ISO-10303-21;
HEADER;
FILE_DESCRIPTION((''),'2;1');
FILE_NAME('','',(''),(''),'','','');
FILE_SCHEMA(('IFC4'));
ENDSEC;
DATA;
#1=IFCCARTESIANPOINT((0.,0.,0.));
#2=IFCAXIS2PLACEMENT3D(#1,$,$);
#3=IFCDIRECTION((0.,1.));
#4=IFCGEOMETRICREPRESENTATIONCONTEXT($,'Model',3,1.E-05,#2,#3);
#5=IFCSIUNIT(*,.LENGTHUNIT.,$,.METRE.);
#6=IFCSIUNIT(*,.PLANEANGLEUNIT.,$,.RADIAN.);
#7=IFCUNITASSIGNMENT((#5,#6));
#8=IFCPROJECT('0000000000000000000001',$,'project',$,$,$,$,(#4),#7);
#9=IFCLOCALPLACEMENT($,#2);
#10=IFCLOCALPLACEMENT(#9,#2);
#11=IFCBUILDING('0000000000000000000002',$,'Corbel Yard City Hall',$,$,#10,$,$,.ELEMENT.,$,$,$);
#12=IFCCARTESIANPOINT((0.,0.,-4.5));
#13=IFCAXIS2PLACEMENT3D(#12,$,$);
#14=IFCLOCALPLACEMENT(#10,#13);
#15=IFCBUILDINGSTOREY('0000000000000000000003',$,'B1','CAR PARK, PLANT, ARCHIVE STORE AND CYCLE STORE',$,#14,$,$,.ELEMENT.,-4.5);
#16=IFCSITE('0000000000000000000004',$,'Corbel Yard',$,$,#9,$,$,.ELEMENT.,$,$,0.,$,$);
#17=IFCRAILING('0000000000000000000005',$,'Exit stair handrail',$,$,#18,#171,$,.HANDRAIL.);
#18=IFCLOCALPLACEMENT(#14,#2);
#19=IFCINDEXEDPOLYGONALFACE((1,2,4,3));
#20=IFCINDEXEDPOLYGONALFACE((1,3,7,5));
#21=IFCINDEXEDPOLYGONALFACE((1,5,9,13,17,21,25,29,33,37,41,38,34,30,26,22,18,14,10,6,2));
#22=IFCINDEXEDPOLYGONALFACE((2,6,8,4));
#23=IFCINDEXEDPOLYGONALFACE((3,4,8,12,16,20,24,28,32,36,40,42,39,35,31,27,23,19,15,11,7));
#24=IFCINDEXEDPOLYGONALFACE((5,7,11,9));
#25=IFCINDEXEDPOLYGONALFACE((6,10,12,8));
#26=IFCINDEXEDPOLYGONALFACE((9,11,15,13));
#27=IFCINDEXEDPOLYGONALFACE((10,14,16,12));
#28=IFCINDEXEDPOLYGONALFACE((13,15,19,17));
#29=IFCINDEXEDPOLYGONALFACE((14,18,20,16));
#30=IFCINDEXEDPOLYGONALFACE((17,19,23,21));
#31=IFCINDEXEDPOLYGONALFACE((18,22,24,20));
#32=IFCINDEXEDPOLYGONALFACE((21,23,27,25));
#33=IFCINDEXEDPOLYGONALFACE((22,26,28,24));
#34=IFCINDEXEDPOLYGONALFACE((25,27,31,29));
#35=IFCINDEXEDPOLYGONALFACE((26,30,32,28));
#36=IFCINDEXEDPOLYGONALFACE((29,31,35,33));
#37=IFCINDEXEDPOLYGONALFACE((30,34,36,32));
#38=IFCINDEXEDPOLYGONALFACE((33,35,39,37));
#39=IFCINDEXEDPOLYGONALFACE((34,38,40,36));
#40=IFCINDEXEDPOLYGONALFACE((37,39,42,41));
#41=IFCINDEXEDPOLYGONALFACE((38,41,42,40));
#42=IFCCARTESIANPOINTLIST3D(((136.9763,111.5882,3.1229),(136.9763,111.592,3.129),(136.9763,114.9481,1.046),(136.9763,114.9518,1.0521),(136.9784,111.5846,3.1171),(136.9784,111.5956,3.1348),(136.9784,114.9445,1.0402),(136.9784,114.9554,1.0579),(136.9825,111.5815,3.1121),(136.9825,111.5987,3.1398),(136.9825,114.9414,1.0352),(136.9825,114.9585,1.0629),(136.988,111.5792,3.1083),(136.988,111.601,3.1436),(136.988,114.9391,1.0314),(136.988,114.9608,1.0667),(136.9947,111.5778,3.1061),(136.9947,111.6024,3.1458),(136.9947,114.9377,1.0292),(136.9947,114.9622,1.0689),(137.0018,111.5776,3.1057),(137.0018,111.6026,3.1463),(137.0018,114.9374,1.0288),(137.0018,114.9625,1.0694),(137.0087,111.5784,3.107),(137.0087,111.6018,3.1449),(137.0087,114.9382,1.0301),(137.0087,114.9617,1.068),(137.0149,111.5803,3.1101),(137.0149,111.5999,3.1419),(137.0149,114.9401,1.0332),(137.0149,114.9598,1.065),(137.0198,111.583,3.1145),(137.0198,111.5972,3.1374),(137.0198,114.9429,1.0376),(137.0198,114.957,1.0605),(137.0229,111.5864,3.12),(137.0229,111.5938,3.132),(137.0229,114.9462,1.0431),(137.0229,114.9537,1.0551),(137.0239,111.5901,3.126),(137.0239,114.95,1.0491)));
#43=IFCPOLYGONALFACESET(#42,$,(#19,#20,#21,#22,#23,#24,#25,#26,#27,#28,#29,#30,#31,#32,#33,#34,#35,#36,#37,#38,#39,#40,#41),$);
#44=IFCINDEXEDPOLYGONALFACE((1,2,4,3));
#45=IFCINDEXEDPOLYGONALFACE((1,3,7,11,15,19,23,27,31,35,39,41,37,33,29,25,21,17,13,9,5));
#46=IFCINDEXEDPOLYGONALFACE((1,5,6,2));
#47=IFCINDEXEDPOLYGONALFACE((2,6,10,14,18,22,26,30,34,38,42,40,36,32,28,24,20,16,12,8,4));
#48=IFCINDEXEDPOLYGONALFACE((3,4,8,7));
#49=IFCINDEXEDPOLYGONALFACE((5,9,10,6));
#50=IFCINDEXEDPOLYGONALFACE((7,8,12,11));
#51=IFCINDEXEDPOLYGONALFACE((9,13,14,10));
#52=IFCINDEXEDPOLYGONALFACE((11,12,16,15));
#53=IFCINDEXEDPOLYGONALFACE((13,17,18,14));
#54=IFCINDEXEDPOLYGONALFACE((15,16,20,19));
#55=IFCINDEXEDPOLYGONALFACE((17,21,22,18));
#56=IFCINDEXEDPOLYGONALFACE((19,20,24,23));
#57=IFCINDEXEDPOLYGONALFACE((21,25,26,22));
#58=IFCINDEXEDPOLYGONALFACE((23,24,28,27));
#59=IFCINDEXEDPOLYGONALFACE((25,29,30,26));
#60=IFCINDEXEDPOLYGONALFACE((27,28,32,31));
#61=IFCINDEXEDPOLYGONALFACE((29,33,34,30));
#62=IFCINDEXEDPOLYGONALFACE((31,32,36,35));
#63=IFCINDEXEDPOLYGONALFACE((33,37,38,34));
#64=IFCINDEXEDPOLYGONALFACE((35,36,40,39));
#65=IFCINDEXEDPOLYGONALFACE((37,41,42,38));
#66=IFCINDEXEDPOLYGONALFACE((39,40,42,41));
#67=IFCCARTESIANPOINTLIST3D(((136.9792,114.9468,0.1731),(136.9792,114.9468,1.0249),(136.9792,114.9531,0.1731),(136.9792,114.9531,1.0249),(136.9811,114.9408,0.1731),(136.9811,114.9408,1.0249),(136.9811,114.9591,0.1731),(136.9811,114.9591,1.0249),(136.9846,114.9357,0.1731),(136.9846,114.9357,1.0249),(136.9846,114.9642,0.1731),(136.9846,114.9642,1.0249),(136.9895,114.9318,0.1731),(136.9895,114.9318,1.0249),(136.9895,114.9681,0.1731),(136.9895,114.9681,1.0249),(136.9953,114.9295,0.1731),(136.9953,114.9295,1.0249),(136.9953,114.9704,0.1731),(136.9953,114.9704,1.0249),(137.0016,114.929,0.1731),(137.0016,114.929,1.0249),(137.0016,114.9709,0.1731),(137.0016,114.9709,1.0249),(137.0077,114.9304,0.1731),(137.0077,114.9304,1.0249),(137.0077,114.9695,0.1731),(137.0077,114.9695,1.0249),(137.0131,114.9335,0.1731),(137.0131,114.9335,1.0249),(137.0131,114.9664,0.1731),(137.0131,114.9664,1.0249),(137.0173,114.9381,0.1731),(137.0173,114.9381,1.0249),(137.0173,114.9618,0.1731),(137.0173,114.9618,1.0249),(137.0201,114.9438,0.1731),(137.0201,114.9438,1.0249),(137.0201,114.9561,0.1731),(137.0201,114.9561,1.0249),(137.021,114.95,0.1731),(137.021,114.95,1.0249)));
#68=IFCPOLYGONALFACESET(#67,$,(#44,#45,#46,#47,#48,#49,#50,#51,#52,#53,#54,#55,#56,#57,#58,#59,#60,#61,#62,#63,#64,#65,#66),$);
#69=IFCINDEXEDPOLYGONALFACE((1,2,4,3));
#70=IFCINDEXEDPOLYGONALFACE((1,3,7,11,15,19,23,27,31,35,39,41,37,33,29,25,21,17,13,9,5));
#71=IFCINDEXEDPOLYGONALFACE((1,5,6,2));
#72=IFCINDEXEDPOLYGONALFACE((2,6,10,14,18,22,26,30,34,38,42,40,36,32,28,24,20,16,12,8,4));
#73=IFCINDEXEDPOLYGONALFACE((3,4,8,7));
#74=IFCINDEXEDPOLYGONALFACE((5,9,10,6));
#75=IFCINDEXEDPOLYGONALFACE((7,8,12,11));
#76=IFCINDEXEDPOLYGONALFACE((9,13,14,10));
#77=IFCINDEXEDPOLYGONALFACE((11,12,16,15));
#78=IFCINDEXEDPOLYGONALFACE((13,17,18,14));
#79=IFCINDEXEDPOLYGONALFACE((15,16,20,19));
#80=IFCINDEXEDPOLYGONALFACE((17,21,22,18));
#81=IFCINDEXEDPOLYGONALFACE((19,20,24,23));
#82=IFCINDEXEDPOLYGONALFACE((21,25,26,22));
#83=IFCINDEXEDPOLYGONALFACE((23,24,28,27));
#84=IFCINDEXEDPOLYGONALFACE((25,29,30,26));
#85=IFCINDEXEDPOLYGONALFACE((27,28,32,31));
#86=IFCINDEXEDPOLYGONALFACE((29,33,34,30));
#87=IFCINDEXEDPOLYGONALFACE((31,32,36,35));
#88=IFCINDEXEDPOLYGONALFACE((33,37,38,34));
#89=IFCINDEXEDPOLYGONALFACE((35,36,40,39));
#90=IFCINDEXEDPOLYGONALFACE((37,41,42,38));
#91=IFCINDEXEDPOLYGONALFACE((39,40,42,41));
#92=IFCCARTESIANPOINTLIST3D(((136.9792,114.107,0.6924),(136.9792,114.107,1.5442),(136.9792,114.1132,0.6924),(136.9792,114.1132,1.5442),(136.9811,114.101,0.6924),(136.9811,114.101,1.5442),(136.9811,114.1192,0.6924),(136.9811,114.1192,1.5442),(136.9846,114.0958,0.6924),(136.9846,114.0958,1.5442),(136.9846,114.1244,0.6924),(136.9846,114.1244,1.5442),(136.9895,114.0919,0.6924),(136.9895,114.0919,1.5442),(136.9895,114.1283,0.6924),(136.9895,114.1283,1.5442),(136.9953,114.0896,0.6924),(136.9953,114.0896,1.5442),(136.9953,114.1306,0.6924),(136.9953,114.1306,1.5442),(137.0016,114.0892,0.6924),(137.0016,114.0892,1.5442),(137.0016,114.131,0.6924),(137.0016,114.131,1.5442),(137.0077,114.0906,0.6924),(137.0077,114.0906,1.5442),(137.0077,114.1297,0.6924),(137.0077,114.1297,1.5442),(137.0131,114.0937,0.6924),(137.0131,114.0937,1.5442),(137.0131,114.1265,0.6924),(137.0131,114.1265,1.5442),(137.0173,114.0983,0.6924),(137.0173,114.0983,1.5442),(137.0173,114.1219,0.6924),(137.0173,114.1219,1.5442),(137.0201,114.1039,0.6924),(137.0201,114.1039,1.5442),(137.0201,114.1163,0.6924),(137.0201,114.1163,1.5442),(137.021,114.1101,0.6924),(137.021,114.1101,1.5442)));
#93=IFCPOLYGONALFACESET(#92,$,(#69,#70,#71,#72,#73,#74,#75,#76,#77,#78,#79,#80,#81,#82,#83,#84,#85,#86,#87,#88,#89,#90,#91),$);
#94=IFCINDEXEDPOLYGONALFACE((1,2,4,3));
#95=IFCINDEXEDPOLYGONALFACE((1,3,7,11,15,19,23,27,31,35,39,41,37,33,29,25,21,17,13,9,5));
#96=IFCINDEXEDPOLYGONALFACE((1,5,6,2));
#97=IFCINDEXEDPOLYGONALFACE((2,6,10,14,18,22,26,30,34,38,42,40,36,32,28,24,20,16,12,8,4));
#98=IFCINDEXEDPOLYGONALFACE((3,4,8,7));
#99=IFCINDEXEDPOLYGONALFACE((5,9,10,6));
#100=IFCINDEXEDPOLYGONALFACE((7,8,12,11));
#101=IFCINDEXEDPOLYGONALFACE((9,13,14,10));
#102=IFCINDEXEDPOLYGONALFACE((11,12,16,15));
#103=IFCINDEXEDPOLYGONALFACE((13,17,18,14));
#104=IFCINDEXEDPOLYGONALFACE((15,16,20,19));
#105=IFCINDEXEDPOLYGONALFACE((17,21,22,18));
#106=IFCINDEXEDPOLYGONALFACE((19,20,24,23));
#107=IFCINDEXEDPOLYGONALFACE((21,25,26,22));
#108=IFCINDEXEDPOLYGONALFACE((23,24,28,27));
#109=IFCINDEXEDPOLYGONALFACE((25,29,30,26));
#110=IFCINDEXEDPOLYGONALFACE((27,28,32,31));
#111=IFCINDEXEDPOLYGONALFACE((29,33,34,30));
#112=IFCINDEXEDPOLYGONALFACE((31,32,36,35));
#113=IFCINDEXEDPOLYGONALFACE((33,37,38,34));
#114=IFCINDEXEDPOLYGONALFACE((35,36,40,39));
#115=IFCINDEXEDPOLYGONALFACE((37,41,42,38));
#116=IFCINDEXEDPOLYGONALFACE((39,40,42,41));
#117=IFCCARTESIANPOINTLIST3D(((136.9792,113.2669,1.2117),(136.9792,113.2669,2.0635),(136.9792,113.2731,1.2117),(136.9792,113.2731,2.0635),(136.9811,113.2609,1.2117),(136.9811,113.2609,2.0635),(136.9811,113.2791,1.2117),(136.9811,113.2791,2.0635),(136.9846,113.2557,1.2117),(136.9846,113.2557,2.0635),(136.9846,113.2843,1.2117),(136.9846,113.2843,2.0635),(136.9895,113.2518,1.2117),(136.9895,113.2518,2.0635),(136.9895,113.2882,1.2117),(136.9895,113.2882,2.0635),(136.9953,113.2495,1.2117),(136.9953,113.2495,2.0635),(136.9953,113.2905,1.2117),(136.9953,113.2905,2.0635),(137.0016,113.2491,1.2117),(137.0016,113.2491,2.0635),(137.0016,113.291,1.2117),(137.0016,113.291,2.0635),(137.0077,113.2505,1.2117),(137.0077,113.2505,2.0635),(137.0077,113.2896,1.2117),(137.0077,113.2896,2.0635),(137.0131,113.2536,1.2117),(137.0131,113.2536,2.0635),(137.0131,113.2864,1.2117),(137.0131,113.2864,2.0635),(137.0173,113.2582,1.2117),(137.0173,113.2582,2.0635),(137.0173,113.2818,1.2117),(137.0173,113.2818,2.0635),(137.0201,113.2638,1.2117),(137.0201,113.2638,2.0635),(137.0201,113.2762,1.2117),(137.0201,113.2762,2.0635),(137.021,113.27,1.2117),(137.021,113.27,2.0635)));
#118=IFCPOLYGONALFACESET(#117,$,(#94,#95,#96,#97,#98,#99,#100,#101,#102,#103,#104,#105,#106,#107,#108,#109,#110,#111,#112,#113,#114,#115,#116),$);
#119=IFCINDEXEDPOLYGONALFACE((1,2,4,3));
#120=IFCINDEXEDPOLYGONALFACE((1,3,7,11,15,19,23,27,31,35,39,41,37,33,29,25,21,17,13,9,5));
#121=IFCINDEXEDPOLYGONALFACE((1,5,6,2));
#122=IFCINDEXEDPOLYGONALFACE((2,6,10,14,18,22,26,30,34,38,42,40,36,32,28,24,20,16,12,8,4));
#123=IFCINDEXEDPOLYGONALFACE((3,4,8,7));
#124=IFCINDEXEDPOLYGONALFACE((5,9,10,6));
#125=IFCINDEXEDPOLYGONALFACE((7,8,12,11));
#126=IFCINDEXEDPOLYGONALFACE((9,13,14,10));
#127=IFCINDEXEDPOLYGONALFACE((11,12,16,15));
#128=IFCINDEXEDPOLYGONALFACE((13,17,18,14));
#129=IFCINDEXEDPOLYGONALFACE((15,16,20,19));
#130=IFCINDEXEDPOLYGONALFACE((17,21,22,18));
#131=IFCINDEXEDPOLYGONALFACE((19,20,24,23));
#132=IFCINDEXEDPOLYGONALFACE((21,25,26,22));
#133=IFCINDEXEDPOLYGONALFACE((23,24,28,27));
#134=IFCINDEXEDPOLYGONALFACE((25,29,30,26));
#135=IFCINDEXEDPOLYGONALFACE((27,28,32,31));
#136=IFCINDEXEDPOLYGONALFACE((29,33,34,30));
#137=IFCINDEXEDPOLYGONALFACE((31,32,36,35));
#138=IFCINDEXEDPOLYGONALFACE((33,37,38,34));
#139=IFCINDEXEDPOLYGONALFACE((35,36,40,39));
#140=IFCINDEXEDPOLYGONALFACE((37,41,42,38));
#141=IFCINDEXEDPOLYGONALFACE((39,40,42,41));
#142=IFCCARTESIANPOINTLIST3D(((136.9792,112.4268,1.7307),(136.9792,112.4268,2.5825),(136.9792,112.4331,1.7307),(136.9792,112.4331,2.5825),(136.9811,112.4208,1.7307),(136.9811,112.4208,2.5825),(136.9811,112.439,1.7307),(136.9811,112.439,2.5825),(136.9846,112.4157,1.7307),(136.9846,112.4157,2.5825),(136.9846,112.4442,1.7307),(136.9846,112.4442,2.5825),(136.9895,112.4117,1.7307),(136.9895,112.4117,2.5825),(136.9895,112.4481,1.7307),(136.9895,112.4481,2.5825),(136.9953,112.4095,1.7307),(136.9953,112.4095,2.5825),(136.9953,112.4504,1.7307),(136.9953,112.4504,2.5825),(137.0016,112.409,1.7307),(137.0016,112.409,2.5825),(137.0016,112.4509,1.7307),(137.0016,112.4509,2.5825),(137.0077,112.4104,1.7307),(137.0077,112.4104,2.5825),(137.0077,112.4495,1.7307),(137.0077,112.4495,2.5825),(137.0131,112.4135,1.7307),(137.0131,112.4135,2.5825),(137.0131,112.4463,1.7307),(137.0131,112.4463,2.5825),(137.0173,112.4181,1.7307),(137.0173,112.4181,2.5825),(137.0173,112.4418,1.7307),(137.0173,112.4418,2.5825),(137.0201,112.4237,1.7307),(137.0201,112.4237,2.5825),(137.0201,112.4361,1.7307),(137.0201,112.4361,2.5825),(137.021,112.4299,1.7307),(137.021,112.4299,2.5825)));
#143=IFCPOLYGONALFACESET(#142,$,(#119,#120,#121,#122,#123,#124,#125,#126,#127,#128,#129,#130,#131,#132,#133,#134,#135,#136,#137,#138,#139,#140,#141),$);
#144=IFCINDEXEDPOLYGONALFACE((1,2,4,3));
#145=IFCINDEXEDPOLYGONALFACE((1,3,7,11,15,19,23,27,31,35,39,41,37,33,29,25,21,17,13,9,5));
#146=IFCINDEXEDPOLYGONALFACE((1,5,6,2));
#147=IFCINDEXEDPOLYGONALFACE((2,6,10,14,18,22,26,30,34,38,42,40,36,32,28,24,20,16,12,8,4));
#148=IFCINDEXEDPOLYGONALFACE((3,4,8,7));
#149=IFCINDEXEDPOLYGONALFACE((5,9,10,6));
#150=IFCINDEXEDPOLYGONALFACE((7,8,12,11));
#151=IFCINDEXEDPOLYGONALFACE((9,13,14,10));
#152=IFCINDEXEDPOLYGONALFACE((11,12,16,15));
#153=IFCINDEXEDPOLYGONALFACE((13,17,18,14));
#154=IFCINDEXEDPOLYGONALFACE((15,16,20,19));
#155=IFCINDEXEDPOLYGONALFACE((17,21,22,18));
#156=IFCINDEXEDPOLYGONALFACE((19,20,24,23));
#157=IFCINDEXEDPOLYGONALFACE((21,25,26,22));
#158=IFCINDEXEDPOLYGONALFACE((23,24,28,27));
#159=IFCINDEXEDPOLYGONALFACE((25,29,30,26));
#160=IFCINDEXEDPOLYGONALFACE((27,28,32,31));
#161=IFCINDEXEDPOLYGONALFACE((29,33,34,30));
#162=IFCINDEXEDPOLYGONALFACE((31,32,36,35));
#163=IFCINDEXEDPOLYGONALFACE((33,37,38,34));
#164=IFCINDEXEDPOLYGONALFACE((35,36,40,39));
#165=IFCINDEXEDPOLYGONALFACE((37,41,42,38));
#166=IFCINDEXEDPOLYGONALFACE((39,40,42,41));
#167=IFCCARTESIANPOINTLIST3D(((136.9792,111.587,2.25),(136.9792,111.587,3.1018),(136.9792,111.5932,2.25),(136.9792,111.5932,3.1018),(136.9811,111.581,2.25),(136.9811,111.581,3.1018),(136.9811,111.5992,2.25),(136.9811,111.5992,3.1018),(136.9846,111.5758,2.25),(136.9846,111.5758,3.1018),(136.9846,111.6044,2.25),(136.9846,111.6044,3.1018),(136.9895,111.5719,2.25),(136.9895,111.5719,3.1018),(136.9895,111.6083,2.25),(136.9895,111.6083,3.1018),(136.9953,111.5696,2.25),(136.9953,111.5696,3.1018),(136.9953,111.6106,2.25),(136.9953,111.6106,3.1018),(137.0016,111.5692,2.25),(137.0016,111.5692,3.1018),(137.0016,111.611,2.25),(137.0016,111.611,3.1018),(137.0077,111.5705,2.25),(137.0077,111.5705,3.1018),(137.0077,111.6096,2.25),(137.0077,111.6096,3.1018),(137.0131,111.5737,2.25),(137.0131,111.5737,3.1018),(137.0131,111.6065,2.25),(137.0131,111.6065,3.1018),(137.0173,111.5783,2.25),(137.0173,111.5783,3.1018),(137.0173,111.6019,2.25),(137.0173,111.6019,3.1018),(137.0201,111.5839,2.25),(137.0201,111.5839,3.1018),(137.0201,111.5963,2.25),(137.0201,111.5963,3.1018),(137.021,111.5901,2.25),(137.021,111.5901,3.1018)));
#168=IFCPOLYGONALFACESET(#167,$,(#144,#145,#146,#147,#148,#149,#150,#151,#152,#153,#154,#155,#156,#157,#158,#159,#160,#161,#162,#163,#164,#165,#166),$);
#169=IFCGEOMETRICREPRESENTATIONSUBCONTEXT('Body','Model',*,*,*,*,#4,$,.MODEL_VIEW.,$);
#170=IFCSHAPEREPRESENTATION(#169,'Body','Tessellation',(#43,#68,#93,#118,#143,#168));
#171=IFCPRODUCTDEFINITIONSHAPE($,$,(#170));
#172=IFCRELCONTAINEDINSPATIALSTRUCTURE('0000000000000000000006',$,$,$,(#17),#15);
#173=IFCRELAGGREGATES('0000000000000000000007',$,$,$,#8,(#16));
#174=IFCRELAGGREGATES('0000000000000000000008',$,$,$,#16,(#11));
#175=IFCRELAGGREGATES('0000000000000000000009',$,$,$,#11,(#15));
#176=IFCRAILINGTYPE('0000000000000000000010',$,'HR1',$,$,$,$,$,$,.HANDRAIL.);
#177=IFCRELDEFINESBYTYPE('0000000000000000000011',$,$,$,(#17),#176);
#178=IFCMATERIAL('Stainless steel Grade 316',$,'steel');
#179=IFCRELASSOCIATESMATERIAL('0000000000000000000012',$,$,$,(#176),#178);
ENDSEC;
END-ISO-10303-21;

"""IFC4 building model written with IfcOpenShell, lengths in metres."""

from ifc_helpers import new_model, si_unit, direction, frame, origin, origin_2d, place, context, subcontext, project, spatial, circle, extrude, material, type_object, element, save


model = new_model("IFC4")

# Units and contexts
model_context = context("Model", 3, precision=1e-05, world=origin(), true_north=direction((0.0, 1.0)))
body_context = subcontext(model_context, "Body", "Model", "MODEL_VIEW")
ifc_project = project(units=[si_unit("LENGTHUNIT", "METRE"), si_unit("PLANEANGLEUNIT", "RADIAN")], contexts=[model_context])

# Site, building, storey
site_placement = place(None, origin())
site = spatial("IfcSite", under=ifc_project, at=site_placement, Name="Corbel Yard", CompositionType="ELEMENT", RefElevation=0.0)
building_placement = place(site_placement, origin())
building = spatial("IfcBuilding", under=site, at=building_placement, Name="Corbel Yard City Hall", CompositionType="ELEMENT")
storey_placement = place(building_placement, frame((0.0, 0.0, -4.5)))
storey = spatial("IfcBuildingStorey", under=building, at=storey_placement, Name="B1", Description="CAR PARK, PLANT, ARCHIVE STORE AND CYCLE STORE", CompositionType="ELEMENT", Elevation=-4.5)

# Railing
ifc_material_1 = material(Name="Stainless steel Grade 316", Category="steel")
railing_type = type_object("IfcRailingType", Name="HR1", PredefinedType="HANDRAIL", material=ifc_material_1)
for number, where, name in (
    (1, (137.0, 114.95, 0.1731), "Exit stair handrail"),
):
    element("IfcRailing", number, at=place(storey_placement, frame(where)), inside=storey, type_object=railing_type, Name=name, PredefinedType="HANDRAIL", context=body_context, shape_type="SweptSolid", body=[
        extrude(circle(Radius=0.0239, at=origin_2d()), frame((0.0, 0.0, 0.876), z_axis=(0.0, -0.850606, 0.525803), x_axis=(1.0, 0.0, 0.0)), (0.0, 0.0, 1.0), 3.95),
        extrude(circle(Radius=0.021, at=origin_2d()), origin(), (0.0, 0.0, 1.0), 0.8518),
        extrude(circle(Radius=0.021, at=origin_2d()), frame((0.0, -0.8398, 0.5193)), (0.0, 0.0, 1.0), 0.8518),
        extrude(circle(Radius=0.021, at=origin_2d()), frame((0.0, -1.6799, 1.0386)), (0.0, 0.0, 1.0), 0.8518),
        extrude(circle(Radius=0.021, at=origin_2d()), frame((0.0, -2.52, 1.5576)), (0.0, 0.0, 1.0), 0.8518),
        extrude(circle(Radius=0.021, at=origin_2d()), frame((0.0, -3.3599, 2.0769)), (0.0, 0.0, 1.0), 0.8518),
    ])

save(model, "model.ifc")
